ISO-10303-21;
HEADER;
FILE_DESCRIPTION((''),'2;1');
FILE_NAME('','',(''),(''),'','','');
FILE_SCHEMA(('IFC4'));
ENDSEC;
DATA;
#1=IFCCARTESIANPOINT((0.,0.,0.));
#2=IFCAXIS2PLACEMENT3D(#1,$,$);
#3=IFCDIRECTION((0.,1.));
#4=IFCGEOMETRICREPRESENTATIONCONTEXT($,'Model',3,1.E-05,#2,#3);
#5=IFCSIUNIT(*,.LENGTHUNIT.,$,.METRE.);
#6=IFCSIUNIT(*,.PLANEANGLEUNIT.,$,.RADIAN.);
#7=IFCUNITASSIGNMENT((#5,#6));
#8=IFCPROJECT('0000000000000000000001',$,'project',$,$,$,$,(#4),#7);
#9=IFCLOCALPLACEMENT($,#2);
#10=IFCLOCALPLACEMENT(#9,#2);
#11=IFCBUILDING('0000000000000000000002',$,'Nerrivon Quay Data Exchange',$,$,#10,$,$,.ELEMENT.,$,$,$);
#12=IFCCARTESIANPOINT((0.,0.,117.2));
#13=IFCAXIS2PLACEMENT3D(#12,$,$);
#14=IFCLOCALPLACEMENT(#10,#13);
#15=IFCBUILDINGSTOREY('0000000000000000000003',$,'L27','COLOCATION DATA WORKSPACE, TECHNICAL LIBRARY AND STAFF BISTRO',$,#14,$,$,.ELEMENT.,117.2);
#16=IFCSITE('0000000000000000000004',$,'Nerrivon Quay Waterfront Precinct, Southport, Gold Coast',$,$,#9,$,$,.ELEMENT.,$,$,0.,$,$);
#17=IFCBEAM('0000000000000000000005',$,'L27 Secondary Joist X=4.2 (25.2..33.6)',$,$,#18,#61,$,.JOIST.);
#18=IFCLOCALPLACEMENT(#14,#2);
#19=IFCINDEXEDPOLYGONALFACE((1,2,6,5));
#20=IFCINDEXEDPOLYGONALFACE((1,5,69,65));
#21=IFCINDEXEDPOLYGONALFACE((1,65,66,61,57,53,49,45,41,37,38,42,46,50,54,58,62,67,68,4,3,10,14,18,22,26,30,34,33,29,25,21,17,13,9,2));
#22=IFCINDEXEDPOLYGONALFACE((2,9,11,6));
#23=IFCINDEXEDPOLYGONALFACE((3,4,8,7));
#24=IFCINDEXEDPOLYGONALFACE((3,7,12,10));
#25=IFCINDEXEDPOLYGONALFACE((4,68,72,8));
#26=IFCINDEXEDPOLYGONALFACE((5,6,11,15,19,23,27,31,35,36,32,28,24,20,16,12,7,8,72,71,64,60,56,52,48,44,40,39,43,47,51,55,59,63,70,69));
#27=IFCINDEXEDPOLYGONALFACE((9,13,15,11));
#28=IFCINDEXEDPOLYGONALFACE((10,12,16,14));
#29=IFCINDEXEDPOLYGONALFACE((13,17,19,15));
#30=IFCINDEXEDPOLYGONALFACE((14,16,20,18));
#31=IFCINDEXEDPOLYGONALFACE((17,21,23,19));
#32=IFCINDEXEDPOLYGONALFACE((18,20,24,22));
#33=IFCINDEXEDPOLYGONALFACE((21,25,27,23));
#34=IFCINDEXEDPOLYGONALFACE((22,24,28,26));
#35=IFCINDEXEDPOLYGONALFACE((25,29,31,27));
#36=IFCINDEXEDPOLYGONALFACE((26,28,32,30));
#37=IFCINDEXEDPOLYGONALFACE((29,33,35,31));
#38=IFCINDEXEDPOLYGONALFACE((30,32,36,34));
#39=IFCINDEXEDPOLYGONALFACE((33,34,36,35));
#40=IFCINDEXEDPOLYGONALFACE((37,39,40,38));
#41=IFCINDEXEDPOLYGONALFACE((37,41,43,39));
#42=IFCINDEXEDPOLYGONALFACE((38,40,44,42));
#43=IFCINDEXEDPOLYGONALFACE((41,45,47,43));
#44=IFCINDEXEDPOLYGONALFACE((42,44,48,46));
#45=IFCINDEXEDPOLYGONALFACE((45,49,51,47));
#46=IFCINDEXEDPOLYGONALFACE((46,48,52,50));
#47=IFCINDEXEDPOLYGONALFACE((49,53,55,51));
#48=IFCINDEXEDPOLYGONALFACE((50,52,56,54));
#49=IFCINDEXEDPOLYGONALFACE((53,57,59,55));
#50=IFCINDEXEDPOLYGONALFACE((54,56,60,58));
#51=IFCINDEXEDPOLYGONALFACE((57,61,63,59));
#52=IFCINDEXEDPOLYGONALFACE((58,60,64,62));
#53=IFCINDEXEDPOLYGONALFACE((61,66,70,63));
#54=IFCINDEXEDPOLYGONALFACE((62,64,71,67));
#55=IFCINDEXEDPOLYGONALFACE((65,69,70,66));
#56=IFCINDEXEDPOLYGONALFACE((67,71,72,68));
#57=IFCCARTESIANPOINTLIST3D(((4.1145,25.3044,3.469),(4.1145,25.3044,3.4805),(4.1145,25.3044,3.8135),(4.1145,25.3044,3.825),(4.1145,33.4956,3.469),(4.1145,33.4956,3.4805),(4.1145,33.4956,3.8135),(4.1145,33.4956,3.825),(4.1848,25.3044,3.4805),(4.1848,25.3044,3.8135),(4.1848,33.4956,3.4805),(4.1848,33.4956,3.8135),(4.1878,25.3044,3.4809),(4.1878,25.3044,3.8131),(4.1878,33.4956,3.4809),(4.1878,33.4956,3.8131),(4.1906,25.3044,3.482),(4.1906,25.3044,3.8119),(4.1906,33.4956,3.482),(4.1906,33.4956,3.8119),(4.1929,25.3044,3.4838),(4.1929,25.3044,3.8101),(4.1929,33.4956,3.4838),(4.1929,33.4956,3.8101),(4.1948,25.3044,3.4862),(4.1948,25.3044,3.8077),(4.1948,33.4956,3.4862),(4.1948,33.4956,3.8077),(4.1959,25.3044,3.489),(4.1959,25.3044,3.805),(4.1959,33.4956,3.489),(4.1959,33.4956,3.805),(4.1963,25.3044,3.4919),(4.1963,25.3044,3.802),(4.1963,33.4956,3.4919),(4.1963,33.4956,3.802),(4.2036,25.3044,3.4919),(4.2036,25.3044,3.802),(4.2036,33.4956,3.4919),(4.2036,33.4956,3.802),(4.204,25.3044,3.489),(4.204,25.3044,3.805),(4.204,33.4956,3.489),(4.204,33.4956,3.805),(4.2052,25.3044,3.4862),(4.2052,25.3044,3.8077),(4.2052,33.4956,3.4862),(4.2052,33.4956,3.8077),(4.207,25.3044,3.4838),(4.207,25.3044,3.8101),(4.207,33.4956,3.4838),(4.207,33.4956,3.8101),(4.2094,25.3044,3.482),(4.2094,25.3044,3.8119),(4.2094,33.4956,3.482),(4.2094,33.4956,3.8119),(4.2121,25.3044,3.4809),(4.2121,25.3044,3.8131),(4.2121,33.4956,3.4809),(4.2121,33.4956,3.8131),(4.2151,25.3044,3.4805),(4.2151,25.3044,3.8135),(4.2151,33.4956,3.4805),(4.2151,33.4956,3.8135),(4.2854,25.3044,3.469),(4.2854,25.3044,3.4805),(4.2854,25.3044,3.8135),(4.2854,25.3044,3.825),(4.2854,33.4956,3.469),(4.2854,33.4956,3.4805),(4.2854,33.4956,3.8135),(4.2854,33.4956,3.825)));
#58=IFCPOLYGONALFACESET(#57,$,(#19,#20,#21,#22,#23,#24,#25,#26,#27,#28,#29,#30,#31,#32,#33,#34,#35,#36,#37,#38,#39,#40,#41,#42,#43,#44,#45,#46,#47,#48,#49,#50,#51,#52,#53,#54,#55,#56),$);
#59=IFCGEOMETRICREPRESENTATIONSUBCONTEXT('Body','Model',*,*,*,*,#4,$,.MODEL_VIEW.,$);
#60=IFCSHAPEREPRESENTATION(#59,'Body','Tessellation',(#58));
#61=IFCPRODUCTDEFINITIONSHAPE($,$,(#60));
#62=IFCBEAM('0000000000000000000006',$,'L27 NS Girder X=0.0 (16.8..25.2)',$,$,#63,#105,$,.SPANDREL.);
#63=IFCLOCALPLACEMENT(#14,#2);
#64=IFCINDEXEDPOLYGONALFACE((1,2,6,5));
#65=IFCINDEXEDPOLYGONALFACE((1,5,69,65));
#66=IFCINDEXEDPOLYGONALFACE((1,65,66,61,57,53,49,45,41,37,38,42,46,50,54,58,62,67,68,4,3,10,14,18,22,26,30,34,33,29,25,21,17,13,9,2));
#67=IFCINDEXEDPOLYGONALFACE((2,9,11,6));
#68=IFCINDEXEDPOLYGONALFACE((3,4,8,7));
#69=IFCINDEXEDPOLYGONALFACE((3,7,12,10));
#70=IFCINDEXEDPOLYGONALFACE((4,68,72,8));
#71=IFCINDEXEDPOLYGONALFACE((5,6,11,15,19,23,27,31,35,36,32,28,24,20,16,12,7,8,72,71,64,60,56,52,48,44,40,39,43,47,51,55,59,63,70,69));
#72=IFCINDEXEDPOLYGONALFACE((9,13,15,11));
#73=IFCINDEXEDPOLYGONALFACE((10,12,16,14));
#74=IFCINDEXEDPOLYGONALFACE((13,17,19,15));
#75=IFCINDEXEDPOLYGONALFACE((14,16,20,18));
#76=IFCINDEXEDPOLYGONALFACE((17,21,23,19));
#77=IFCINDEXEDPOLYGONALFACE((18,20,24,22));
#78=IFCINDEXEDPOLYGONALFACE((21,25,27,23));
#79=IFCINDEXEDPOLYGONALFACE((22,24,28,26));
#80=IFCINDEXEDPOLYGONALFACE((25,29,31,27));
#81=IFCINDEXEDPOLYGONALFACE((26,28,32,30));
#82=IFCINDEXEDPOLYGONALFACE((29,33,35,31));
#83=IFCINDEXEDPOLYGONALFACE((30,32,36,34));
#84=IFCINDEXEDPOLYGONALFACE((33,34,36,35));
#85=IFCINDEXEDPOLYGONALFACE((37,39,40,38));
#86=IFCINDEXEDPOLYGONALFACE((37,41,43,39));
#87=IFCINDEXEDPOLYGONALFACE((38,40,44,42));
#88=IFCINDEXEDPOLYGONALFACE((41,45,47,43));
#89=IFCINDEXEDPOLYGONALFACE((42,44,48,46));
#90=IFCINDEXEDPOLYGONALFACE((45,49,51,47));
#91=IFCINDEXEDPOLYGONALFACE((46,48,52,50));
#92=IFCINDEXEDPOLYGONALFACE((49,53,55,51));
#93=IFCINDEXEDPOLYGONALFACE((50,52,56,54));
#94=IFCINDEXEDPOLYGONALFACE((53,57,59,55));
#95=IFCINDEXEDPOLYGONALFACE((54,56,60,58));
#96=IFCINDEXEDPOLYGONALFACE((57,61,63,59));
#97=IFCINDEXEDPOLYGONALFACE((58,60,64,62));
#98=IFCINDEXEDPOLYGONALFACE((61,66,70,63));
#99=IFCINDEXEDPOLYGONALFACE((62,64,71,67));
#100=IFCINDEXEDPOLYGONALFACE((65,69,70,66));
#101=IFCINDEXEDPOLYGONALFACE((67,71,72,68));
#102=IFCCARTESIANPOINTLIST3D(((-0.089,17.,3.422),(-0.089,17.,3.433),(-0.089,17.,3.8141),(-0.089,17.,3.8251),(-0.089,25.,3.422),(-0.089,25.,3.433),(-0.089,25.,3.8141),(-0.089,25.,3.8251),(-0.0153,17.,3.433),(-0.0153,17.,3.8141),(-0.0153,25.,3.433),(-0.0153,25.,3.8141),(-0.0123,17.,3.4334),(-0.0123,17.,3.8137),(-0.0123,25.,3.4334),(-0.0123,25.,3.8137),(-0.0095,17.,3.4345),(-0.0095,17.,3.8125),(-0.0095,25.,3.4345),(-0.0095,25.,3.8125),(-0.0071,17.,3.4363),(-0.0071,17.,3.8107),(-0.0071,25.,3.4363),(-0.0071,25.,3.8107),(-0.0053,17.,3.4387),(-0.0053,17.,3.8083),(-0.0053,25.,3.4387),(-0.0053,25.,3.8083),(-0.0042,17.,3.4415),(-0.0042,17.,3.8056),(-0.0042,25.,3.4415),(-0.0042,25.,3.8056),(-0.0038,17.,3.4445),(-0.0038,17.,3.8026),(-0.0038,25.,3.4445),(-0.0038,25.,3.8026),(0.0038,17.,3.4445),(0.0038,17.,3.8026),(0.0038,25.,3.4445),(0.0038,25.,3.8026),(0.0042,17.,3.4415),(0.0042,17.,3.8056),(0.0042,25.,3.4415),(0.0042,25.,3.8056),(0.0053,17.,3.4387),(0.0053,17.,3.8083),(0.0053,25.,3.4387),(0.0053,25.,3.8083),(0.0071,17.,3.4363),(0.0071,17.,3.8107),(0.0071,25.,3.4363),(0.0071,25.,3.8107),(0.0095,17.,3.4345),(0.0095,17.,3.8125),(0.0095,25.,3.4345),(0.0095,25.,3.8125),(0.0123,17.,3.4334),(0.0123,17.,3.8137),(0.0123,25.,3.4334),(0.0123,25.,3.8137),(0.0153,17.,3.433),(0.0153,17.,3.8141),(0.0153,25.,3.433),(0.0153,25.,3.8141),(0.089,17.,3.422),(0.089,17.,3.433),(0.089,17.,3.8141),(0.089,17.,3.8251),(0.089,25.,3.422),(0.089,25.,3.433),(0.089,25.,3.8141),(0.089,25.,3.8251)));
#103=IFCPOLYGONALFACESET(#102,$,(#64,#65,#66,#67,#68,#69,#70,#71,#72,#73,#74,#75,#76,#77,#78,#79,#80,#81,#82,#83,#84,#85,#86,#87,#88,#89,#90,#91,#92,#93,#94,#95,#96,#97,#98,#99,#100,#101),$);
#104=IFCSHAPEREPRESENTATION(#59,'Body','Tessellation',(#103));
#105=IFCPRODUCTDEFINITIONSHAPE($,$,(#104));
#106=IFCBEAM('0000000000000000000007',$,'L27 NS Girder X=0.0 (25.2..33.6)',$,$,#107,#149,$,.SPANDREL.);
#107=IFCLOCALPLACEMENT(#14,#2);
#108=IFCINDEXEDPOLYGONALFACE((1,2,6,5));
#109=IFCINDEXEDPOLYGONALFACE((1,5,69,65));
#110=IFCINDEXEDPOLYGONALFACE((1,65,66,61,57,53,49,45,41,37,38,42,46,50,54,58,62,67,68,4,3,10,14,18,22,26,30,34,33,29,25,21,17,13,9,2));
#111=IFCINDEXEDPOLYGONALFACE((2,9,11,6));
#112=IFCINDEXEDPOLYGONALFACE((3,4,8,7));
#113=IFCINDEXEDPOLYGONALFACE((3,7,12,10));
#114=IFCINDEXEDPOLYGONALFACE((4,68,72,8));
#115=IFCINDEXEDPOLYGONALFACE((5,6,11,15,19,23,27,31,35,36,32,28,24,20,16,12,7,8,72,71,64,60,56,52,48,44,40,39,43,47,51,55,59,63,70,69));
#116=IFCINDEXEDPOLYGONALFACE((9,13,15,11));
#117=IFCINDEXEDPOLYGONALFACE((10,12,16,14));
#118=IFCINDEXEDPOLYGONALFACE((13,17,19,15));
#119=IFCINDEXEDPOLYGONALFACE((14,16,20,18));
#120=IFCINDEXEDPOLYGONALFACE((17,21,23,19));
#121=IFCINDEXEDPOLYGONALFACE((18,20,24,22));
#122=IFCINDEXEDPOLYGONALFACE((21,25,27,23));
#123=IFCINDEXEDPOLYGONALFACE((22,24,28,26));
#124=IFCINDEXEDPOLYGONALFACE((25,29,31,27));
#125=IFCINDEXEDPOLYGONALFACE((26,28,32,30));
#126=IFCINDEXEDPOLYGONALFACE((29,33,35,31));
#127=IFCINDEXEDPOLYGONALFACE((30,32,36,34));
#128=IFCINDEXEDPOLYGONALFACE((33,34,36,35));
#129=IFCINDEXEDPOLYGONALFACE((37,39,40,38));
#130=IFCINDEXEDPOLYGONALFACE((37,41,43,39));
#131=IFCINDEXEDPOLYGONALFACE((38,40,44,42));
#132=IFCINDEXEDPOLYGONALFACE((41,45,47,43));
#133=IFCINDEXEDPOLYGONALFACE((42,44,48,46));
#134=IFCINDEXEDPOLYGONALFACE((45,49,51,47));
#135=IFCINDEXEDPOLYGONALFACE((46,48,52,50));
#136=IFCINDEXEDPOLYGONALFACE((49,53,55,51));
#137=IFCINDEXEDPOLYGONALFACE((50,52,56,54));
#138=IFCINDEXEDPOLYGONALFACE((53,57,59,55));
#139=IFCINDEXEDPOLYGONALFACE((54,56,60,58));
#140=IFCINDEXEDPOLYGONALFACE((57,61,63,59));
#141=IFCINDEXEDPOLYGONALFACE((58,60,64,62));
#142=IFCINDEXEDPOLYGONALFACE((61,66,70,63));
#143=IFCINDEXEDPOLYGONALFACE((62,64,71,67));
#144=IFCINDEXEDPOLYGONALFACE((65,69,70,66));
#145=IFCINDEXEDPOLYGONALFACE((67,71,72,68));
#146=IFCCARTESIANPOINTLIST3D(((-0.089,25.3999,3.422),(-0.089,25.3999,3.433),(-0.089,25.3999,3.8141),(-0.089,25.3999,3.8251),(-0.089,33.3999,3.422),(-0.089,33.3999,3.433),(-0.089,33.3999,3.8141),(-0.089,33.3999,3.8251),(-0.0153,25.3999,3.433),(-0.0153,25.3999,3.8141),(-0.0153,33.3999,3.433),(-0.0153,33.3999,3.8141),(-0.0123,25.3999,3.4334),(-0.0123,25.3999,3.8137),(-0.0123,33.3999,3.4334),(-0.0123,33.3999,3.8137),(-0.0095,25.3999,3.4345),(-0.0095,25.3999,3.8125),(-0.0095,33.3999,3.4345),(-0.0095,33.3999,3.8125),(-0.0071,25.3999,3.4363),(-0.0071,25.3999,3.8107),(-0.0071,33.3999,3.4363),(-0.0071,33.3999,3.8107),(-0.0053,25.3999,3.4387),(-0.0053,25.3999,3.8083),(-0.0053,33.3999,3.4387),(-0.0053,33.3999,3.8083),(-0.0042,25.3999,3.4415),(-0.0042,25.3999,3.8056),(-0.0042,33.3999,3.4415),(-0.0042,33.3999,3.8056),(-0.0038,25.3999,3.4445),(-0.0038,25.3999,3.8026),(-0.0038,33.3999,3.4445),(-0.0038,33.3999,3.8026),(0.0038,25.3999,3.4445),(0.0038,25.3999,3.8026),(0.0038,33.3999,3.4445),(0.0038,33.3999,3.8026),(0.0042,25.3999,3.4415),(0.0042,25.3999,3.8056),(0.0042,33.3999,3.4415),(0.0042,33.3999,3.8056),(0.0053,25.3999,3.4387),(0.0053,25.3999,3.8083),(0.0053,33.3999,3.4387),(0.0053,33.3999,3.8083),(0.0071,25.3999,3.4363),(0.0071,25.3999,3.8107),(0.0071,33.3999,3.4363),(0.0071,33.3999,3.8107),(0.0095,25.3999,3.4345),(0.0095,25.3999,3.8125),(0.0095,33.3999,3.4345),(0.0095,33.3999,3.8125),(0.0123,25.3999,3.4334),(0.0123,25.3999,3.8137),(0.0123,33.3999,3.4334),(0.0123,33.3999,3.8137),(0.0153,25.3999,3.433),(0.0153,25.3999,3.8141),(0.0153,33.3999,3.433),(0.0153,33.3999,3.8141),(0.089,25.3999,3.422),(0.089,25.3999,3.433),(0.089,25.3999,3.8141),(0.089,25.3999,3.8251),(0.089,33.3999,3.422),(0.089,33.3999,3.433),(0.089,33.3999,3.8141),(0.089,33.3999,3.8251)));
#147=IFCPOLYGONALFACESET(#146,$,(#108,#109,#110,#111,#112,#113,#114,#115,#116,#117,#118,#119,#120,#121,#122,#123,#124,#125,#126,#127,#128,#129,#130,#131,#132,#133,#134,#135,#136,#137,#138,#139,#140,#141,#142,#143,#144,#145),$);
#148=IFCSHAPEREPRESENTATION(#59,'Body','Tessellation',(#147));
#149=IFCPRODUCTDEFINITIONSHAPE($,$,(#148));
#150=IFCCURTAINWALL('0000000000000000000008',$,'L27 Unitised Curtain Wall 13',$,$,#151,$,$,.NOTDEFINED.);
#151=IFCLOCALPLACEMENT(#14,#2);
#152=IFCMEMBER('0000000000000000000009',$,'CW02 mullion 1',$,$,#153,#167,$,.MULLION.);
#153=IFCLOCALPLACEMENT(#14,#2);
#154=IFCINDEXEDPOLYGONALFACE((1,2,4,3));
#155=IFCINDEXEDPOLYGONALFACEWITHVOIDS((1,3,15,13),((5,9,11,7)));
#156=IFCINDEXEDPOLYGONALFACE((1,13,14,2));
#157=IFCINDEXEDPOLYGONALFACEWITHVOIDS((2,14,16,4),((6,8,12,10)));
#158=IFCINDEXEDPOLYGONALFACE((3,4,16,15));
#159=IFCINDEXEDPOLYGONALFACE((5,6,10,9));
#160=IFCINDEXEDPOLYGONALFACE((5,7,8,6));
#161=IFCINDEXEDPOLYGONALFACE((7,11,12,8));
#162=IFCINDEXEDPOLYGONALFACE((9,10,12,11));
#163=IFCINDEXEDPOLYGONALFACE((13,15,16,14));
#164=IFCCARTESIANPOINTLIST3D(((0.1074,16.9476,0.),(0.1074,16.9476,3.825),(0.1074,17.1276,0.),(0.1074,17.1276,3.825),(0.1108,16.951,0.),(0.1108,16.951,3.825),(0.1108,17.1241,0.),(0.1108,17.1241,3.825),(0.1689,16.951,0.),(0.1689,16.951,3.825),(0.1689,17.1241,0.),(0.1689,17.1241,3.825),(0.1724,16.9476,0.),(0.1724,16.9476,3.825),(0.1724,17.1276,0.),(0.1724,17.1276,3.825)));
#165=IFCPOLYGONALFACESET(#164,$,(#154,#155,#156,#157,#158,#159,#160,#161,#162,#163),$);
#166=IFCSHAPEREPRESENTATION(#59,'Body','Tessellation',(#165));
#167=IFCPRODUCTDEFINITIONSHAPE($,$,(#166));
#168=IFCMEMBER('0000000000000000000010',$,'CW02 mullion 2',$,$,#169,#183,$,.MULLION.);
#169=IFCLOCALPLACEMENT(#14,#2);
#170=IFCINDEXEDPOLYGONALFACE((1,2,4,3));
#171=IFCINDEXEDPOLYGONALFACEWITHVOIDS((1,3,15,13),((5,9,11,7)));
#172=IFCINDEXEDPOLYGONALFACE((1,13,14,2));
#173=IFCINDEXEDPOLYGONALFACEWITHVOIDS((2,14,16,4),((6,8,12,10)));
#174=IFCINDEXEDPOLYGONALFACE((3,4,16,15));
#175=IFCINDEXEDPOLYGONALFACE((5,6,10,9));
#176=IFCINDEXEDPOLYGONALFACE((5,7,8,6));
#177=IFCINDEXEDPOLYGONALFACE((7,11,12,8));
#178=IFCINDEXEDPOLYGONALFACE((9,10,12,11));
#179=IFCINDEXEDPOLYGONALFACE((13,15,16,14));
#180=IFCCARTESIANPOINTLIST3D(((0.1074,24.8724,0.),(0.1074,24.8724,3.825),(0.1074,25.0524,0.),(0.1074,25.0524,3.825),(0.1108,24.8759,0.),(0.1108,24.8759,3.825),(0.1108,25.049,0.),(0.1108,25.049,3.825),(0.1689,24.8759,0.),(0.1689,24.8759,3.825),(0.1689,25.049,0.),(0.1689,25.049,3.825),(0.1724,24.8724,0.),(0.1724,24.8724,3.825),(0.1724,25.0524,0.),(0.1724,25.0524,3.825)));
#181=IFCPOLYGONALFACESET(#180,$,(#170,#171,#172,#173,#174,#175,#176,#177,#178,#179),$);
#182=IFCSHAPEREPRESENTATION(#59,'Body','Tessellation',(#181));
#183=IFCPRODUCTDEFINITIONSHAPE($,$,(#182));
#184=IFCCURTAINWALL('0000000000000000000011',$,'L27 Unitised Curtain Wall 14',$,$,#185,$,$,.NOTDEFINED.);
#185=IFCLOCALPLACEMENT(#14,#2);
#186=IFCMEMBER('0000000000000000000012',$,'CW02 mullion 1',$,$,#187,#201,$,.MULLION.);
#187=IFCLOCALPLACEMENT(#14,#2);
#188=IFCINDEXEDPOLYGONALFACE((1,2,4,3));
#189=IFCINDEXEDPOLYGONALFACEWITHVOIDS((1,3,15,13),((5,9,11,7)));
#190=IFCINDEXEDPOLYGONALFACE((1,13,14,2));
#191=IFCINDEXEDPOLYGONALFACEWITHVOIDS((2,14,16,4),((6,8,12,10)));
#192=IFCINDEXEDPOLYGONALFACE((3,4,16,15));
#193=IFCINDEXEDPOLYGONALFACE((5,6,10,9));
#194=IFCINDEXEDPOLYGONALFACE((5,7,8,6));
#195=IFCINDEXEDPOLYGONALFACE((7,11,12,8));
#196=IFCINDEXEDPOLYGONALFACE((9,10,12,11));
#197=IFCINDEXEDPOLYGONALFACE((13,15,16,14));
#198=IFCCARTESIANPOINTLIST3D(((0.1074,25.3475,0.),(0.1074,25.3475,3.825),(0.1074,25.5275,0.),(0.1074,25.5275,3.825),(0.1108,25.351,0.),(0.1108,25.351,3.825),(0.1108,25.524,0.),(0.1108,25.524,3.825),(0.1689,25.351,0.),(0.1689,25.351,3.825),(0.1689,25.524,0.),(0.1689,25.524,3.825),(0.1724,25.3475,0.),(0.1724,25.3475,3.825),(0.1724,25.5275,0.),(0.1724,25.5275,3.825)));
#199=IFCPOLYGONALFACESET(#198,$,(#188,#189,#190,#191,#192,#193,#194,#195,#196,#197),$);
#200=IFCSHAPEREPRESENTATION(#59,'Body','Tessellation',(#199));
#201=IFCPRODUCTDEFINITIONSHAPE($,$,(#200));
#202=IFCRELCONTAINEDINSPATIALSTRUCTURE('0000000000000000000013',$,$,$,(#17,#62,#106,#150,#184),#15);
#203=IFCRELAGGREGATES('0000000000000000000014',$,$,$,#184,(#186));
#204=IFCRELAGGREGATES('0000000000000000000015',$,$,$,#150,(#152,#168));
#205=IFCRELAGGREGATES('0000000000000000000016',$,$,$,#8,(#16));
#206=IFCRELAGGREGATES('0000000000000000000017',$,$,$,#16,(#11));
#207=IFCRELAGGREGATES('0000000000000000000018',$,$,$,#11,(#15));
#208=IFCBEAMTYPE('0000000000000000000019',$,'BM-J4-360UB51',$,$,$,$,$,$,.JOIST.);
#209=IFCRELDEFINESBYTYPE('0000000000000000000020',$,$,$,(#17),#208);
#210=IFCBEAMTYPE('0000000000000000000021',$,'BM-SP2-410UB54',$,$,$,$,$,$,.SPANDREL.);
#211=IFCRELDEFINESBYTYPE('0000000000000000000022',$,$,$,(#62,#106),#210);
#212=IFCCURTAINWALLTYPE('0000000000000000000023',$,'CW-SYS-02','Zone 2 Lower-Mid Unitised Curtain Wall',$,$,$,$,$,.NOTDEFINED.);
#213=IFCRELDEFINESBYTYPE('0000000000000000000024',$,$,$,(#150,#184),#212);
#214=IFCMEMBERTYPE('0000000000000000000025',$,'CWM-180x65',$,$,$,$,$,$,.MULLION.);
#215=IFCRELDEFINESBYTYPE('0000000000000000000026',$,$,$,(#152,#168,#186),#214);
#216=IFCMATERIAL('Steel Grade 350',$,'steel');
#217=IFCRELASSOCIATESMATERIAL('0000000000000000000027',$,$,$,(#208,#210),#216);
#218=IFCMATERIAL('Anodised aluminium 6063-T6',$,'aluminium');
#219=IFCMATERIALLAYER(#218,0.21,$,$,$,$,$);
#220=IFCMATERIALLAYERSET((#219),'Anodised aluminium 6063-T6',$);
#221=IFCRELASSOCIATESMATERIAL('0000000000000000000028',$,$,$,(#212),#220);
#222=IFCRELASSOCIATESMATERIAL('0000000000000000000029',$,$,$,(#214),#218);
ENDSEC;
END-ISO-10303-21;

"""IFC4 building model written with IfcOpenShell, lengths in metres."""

from ifc_helpers import new_model, si_unit, direction, frame, origin, origin_2d, place, context, subcontext, project, spatial, hollow_rectangle, i_section, extrude, material, layer, layer_set, material_profile, profile_set, type_object, element, aggregate, save


model = new_model("IFC4")

# Units and contexts
model_context = context("Model", 3, precision=1e-05, world=origin(), true_north=direction((0.0, 1.0)))
body_context = subcontext(model_context, "Body", "Model", "MODEL_VIEW")
ifc_project = project(units=[si_unit("LENGTHUNIT", "METRE"), si_unit("PLANEANGLEUNIT", "RADIAN")], contexts=[model_context])

# Site, building, storey
site_placement = place(None, origin())
site = spatial("IfcSite", under=ifc_project, at=site_placement, Name="Nerrivon Quay Waterfront Precinct, Southport, Gold Coast", CompositionType="ELEMENT", RefElevation=0.0)
building_placement = place(site_placement, origin())
building = spatial("IfcBuilding", under=site, at=building_placement, Name="Nerrivon Quay Data Exchange", CompositionType="ELEMENT")
storey_placement = place(building_placement, frame((0.0, 0.0, 117.2)))
storey = spatial("IfcBuildingStorey", under=building, at=storey_placement, Name="L27", Description="COLOCATION DATA WORKSPACE, TECHNICAL LIBRARY AND STAFF BISTRO", CompositionType="ELEMENT", Elevation=117.2)

# Shared definitions
ifc_material_1 = material(Name="Steel Grade 350", Category="steel")

# Beams
ifc_material_profile_1 = material_profile(ifc_material_1, i_section(OverallWidth=0.1709, OverallDepth=0.356, WebThickness=0.0073, FlangeThickness=0.0115, FilletRadius=0.0115, at=origin_2d()), Name="360UB50.7")
ifc_profile_set_1 = profile_set([ifc_material_profile_1], Name="Steel Grade 350")
beam_type_1 = type_object("IfcBeamType", Name="BM-J4-360UB51", PredefinedType="JOIST", material=ifc_profile_set_1)
beam_1_placement = place(storey_placement, frame((4.2, 25.3044, 3.647), z_axis=(0.0, 1.0, 0.0), x_axis=(-1.0, 0.0, 0.0)))
element("IfcBeam", 1, at=beam_1_placement, inside=storey, type_object=beam_type_1, Name="L27 Secondary Joist X=4.2 (25.2..33.6)", PredefinedType="JOIST", context=body_context, shape_type="SweptSolid", body=[
    extrude(i_section(OverallWidth=0.1709, OverallDepth=0.356, WebThickness=0.0073, FlangeThickness=0.0115, FilletRadius=0.0115, at=origin_2d()), origin(), (0.0, 0.0, 1.0), 8.1912),
])
ifc_material_profile_2 = material_profile(ifc_material_1, i_section(OverallWidth=0.178, OverallDepth=0.4031, WebThickness=0.0076, FlangeThickness=0.011, FilletRadius=0.0115, at=origin_2d()), Name="410UB53.7")
ifc_profile_set_2 = profile_set([ifc_material_profile_2], Name="Steel Grade 350")
beam_type_2 = type_object("IfcBeamType", Name="BM-SP2-410UB54", PredefinedType="SPANDREL", material=ifc_profile_set_2)
for number, where, z_axis, x_axis, name in (
    (2, (0.0, 17.0, 3.6235), (0.0, 1.0, 0.0), (-1.0, 0.0, 0.0), "L27 NS Girder X=0.0 (16.8..25.2)"),
    (3, (0.0, 25.3999, 3.6235), (0.0, 1.0, 0.0), (-1.0, 0.0, 0.0), "L27 NS Girder X=0.0 (25.2..33.6)"),
):
    element("IfcBeam", number, at=place(storey_placement, frame(where, z_axis=z_axis, x_axis=x_axis)), inside=storey, type_object=beam_type_2, Name=name, PredefinedType="SPANDREL", context=body_context, shape_type="SweptSolid", body=[
        extrude(i_section(OverallWidth=0.178, OverallDepth=0.4031, WebThickness=0.0076, FlangeThickness=0.011, FilletRadius=0.0115, at=origin_2d()), origin(), (0.0, 0.0, 1.0), 8.0),
    ])

# Curtain wall, members
ifc_material_2 = material(Name="Anodised aluminium 6063-T6", Category="aluminium")
ifc_layer_1 = layer(ifc_material_2, 0.21)
ifc_layer_set_1 = layer_set([ifc_layer_1], Name="Anodised aluminium 6063-T6")
curtain_wall_type = type_object("IfcCurtainWallType", Name="CW-SYS-02", Description="Zone 2 Lower-Mid Unitised Curtain Wall", PredefinedType="NOTDEFINED", material=ifc_layer_set_1)
curtain_wall_1_placement = place(storey_placement, origin())
curtain_wall_1 = element("IfcCurtainWall", 4, at=curtain_wall_1_placement, inside=storey, type_object=curtain_wall_type, Name="L27 Unitised Curtain Wall 13", PredefinedType="NOTDEFINED")
ifc_material_profile_3 = material_profile(ifc_material_2, hollow_rectangle(XDim=0.0649, YDim=0.1799, WallThickness=0.0034, at=origin_2d()), Name="ALU-MULL-180x65")
ifc_profile_set_3 = profile_set([ifc_material_profile_3], Name="Anodised aluminium 6063-T6")
member_type_1 = type_object("IfcMemberType", Name="CWM-180x65", PredefinedType="MULLION", material=ifc_profile_set_3)
member_1_placement = place(storey_placement, frame((0.1399, 17.0376, 0.0), z_axis=(0.0, 0.0, 1.0), x_axis=(-1.0, 0.0, 0.0)))
member_1 = element("IfcMember", 5, at=member_1_placement, type_object=member_type_1, Name="CW02 mullion 1", PredefinedType="MULLION", context=body_context, shape_type="SweptSolid", body=[
    extrude(hollow_rectangle(XDim=0.0649, YDim=0.1799, WallThickness=0.0034, at=origin_2d()), origin(), (0.0, 0.0, 1.0), 3.825),
])
member_2_placement = place(storey_placement, frame((0.1399, 24.9624, 0.0), z_axis=(0.0, 0.0, 1.0), x_axis=(-1.0, 0.0, 0.0)))
member_2 = element("IfcMember", 6, at=member_2_placement, type_object=member_type_1, Name="CW02 mullion 2", PredefinedType="MULLION", context=body_context, shape_type="SweptSolid", body=[
    extrude(hollow_rectangle(XDim=0.0649, YDim=0.1799, WallThickness=0.0034, at=origin_2d()), origin(), (0.0, 0.0, 1.0), 3.825),
])

# Curtain wall, member
curtain_wall_2_placement = place(storey_placement, origin())
curtain_wall_2 = element("IfcCurtainWall", 7, at=curtain_wall_2_placement, inside=storey, type_object=curtain_wall_type, Name="L27 Unitised Curtain Wall 14", PredefinedType="NOTDEFINED")
member_3_placement = place(storey_placement, frame((0.1399, 25.4375, 0.0), z_axis=(0.0, 0.0, 1.0), x_axis=(-1.0, 0.0, 0.0)))
member_3 = element("IfcMember", 8, at=member_3_placement, type_object=member_type_1, Name="CW02 mullion 1", PredefinedType="MULLION", context=body_context, shape_type="SweptSolid", body=[
    extrude(hollow_rectangle(XDim=0.0649, YDim=0.1799, WallThickness=0.0034, at=origin_2d()), origin(), (0.0, 0.0, 1.0), 3.825),
])

aggregate(curtain_wall_2, [member_3])

aggregate(curtain_wall_1, [member_1, member_2])

save(model, "model.ifc")
